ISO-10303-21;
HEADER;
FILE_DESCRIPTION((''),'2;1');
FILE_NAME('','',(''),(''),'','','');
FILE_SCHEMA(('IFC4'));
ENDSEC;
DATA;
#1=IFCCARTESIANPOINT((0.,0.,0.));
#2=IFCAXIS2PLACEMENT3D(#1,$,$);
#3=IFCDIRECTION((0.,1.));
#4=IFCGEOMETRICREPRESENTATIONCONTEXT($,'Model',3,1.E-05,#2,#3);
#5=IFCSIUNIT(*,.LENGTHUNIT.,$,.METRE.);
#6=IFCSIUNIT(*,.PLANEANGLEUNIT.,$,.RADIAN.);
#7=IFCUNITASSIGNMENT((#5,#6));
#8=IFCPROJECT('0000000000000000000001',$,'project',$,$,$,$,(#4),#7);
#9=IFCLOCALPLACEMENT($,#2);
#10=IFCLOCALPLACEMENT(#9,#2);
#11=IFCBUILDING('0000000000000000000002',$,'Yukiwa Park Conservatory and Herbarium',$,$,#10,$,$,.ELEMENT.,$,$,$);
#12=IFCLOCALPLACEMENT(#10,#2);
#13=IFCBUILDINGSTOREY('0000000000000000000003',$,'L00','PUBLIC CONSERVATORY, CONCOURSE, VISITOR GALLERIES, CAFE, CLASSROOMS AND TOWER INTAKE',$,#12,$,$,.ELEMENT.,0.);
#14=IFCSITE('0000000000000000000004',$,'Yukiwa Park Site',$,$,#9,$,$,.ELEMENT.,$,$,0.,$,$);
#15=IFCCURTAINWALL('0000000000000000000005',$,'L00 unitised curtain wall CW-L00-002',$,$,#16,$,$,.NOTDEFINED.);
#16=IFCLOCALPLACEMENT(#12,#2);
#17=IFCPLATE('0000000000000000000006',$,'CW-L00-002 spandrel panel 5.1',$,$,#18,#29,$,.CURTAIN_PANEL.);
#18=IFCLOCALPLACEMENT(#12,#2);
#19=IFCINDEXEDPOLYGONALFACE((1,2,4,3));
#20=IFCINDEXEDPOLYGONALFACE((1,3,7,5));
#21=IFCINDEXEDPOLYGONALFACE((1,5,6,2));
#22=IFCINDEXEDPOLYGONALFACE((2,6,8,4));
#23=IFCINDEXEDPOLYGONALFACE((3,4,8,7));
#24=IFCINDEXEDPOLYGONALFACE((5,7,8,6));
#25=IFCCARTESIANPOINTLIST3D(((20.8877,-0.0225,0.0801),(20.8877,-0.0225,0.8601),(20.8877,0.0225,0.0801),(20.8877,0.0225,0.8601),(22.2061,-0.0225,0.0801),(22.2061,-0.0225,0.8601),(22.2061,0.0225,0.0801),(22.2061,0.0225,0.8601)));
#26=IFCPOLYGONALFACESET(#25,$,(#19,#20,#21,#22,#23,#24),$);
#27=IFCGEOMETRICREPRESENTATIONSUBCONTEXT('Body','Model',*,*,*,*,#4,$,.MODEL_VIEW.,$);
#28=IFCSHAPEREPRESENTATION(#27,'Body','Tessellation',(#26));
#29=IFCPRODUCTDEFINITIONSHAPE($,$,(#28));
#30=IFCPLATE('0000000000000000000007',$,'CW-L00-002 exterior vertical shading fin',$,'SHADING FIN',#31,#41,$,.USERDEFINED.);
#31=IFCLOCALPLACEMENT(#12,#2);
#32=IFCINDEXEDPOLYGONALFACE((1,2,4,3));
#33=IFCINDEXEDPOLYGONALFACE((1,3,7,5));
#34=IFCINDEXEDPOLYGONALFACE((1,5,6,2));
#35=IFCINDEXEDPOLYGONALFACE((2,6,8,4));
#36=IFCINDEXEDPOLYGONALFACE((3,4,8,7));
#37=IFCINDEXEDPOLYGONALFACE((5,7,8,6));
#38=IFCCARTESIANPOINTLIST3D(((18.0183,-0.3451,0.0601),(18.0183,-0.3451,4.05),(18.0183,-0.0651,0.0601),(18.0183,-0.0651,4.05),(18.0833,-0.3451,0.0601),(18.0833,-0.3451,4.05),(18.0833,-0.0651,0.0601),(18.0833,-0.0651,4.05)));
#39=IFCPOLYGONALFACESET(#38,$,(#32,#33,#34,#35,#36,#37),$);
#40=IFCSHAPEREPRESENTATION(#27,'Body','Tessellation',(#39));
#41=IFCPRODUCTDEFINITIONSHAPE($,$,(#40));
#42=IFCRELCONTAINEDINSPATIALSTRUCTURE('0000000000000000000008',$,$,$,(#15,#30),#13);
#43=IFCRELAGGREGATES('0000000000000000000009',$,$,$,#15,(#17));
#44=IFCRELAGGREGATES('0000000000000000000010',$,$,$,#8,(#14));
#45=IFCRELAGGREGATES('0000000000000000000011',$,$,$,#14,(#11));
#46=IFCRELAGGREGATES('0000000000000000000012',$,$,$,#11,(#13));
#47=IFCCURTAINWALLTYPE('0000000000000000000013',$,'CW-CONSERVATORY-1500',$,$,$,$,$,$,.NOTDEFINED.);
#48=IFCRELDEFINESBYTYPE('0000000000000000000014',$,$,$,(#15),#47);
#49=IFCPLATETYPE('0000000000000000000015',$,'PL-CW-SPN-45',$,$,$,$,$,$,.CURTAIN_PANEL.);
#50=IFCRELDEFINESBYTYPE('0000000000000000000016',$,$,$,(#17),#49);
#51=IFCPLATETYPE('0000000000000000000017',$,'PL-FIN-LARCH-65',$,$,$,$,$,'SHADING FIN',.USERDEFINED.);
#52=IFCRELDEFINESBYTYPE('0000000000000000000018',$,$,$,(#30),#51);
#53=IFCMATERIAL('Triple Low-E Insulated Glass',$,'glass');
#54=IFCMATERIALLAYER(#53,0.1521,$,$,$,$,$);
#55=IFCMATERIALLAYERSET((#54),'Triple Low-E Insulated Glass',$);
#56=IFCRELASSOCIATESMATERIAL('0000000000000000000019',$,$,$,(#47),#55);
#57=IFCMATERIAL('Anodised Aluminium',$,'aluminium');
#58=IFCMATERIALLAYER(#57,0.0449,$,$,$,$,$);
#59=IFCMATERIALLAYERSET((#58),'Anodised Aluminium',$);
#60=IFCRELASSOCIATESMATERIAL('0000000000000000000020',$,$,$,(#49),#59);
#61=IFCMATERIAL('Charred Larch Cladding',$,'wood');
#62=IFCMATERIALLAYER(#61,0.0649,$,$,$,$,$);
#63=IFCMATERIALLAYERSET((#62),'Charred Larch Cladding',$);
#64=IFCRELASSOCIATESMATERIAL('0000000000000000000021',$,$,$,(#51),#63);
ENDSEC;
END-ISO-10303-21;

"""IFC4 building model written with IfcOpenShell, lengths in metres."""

from ifc_helpers import new_model, si_unit, direction, frame, origin, origin_2d, place, context, subcontext, project, spatial, rectangle, extrude, material, layer, layer_set, type_object, element, aggregate, save


model = new_model("IFC4")

# Units and contexts
model_context = context("Model", 3, precision=1e-05, world=origin(), true_north=direction((0.0, 1.0)))
body_context = subcontext(model_context, "Body", "Model", "MODEL_VIEW")
ifc_project = project(units=[si_unit("LENGTHUNIT", "METRE"), si_unit("PLANEANGLEUNIT", "RADIAN")], contexts=[model_context])

# Site, building, storey
site_placement = place(None, origin())
site = spatial("IfcSite", under=ifc_project, at=site_placement, Name="Yukiwa Park Site", CompositionType="ELEMENT", RefElevation=0.0)
building_placement = place(site_placement, origin())
building = spatial("IfcBuilding", under=site, at=building_placement, Name="Yukiwa Park Conservatory and Herbarium", CompositionType="ELEMENT")
storey_placement = place(building_placement, origin())
storey = spatial("IfcBuildingStorey", under=building, at=storey_placement, Name="L00", Description="PUBLIC CONSERVATORY, CONCOURSE, VISITOR GALLERIES, CAFE, CLASSROOMS AND TOWER INTAKE", CompositionType="ELEMENT", Elevation=0.0)

# Curtain wall, plate
ifc_material_1 = material(Name="Triple Low-E Insulated Glass", Category="glass")
ifc_layer_1 = layer(ifc_material_1, 0.1521)
ifc_layer_set_1 = layer_set([ifc_layer_1], Name="Triple Low-E Insulated Glass")
curtain_wall_type = type_object("IfcCurtainWallType", Name="CW-CONSERVATORY-1500", PredefinedType="NOTDEFINED", material=ifc_layer_set_1)
curtain_wall_placement = place(storey_placement, origin())
curtain_wall = element("IfcCurtainWall", 1, at=curtain_wall_placement, inside=storey, type_object=curtain_wall_type, Name="L00 unitised curtain wall CW-L00-002", PredefinedType="NOTDEFINED")
ifc_material_2 = material(Name="Anodised Aluminium", Category="aluminium")
ifc_layer_2 = layer(ifc_material_2, 0.0449)
ifc_layer_set_2 = layer_set([ifc_layer_2], Name="Anodised Aluminium")
plate_type_1 = type_object("IfcPlateType", Name="PL-CW-SPN-45", PredefinedType="CURTAIN_PANEL", material=ifc_layer_set_2)
plate_1_placement = place(storey_placement, frame((21.5469, 0.0, 0.0801), z_axis=(0.0, 0.0, 1.0), x_axis=(1.0, 0.0, 0.0)))
plate_1 = element("IfcPlate", 2, at=plate_1_placement, type_object=plate_type_1, Name="CW-L00-002 spandrel panel 5.1", PredefinedType="CURTAIN_PANEL", context=body_context, shape_type="SweptSolid", body=[
    extrude(rectangle(XDim=1.3184, YDim=0.0449, at=origin_2d()), origin(), (0.0, 0.0, 1.0), 0.78),
])
aggregate(curtain_wall, [plate_1])

# Plate
ifc_material_3 = material(Name="Charred Larch Cladding", Category="wood")
ifc_layer_3 = layer(ifc_material_3, 0.0649)
ifc_layer_set_3 = layer_set([ifc_layer_3], Name="Charred Larch Cladding")
plate_type_2 = type_object("IfcPlateType", Name="PL-FIN-LARCH-65", ElementType="SHADING FIN", PredefinedType="USERDEFINED", material=ifc_layer_set_3)
plate_2_placement = place(storey_placement, frame((18.0508, -0.2051, 0.0601), z_axis=(0.0, 0.0, 1.0), x_axis=(1.0, 0.0, 0.0)))
element("IfcPlate", 3, at=plate_2_placement, inside=storey, type_object=plate_type_2, Name="CW-L00-002 exterior vertical shading fin", ObjectType="SHADING FIN", PredefinedType="USERDEFINED", context=body_context, shape_type="SweptSolid", body=[
    extrude(rectangle(XDim=0.0649, YDim=0.28, at=origin_2d()), origin(), (0.0, 0.0, 1.0), 3.99),
])

save(model, "model.ifc")
